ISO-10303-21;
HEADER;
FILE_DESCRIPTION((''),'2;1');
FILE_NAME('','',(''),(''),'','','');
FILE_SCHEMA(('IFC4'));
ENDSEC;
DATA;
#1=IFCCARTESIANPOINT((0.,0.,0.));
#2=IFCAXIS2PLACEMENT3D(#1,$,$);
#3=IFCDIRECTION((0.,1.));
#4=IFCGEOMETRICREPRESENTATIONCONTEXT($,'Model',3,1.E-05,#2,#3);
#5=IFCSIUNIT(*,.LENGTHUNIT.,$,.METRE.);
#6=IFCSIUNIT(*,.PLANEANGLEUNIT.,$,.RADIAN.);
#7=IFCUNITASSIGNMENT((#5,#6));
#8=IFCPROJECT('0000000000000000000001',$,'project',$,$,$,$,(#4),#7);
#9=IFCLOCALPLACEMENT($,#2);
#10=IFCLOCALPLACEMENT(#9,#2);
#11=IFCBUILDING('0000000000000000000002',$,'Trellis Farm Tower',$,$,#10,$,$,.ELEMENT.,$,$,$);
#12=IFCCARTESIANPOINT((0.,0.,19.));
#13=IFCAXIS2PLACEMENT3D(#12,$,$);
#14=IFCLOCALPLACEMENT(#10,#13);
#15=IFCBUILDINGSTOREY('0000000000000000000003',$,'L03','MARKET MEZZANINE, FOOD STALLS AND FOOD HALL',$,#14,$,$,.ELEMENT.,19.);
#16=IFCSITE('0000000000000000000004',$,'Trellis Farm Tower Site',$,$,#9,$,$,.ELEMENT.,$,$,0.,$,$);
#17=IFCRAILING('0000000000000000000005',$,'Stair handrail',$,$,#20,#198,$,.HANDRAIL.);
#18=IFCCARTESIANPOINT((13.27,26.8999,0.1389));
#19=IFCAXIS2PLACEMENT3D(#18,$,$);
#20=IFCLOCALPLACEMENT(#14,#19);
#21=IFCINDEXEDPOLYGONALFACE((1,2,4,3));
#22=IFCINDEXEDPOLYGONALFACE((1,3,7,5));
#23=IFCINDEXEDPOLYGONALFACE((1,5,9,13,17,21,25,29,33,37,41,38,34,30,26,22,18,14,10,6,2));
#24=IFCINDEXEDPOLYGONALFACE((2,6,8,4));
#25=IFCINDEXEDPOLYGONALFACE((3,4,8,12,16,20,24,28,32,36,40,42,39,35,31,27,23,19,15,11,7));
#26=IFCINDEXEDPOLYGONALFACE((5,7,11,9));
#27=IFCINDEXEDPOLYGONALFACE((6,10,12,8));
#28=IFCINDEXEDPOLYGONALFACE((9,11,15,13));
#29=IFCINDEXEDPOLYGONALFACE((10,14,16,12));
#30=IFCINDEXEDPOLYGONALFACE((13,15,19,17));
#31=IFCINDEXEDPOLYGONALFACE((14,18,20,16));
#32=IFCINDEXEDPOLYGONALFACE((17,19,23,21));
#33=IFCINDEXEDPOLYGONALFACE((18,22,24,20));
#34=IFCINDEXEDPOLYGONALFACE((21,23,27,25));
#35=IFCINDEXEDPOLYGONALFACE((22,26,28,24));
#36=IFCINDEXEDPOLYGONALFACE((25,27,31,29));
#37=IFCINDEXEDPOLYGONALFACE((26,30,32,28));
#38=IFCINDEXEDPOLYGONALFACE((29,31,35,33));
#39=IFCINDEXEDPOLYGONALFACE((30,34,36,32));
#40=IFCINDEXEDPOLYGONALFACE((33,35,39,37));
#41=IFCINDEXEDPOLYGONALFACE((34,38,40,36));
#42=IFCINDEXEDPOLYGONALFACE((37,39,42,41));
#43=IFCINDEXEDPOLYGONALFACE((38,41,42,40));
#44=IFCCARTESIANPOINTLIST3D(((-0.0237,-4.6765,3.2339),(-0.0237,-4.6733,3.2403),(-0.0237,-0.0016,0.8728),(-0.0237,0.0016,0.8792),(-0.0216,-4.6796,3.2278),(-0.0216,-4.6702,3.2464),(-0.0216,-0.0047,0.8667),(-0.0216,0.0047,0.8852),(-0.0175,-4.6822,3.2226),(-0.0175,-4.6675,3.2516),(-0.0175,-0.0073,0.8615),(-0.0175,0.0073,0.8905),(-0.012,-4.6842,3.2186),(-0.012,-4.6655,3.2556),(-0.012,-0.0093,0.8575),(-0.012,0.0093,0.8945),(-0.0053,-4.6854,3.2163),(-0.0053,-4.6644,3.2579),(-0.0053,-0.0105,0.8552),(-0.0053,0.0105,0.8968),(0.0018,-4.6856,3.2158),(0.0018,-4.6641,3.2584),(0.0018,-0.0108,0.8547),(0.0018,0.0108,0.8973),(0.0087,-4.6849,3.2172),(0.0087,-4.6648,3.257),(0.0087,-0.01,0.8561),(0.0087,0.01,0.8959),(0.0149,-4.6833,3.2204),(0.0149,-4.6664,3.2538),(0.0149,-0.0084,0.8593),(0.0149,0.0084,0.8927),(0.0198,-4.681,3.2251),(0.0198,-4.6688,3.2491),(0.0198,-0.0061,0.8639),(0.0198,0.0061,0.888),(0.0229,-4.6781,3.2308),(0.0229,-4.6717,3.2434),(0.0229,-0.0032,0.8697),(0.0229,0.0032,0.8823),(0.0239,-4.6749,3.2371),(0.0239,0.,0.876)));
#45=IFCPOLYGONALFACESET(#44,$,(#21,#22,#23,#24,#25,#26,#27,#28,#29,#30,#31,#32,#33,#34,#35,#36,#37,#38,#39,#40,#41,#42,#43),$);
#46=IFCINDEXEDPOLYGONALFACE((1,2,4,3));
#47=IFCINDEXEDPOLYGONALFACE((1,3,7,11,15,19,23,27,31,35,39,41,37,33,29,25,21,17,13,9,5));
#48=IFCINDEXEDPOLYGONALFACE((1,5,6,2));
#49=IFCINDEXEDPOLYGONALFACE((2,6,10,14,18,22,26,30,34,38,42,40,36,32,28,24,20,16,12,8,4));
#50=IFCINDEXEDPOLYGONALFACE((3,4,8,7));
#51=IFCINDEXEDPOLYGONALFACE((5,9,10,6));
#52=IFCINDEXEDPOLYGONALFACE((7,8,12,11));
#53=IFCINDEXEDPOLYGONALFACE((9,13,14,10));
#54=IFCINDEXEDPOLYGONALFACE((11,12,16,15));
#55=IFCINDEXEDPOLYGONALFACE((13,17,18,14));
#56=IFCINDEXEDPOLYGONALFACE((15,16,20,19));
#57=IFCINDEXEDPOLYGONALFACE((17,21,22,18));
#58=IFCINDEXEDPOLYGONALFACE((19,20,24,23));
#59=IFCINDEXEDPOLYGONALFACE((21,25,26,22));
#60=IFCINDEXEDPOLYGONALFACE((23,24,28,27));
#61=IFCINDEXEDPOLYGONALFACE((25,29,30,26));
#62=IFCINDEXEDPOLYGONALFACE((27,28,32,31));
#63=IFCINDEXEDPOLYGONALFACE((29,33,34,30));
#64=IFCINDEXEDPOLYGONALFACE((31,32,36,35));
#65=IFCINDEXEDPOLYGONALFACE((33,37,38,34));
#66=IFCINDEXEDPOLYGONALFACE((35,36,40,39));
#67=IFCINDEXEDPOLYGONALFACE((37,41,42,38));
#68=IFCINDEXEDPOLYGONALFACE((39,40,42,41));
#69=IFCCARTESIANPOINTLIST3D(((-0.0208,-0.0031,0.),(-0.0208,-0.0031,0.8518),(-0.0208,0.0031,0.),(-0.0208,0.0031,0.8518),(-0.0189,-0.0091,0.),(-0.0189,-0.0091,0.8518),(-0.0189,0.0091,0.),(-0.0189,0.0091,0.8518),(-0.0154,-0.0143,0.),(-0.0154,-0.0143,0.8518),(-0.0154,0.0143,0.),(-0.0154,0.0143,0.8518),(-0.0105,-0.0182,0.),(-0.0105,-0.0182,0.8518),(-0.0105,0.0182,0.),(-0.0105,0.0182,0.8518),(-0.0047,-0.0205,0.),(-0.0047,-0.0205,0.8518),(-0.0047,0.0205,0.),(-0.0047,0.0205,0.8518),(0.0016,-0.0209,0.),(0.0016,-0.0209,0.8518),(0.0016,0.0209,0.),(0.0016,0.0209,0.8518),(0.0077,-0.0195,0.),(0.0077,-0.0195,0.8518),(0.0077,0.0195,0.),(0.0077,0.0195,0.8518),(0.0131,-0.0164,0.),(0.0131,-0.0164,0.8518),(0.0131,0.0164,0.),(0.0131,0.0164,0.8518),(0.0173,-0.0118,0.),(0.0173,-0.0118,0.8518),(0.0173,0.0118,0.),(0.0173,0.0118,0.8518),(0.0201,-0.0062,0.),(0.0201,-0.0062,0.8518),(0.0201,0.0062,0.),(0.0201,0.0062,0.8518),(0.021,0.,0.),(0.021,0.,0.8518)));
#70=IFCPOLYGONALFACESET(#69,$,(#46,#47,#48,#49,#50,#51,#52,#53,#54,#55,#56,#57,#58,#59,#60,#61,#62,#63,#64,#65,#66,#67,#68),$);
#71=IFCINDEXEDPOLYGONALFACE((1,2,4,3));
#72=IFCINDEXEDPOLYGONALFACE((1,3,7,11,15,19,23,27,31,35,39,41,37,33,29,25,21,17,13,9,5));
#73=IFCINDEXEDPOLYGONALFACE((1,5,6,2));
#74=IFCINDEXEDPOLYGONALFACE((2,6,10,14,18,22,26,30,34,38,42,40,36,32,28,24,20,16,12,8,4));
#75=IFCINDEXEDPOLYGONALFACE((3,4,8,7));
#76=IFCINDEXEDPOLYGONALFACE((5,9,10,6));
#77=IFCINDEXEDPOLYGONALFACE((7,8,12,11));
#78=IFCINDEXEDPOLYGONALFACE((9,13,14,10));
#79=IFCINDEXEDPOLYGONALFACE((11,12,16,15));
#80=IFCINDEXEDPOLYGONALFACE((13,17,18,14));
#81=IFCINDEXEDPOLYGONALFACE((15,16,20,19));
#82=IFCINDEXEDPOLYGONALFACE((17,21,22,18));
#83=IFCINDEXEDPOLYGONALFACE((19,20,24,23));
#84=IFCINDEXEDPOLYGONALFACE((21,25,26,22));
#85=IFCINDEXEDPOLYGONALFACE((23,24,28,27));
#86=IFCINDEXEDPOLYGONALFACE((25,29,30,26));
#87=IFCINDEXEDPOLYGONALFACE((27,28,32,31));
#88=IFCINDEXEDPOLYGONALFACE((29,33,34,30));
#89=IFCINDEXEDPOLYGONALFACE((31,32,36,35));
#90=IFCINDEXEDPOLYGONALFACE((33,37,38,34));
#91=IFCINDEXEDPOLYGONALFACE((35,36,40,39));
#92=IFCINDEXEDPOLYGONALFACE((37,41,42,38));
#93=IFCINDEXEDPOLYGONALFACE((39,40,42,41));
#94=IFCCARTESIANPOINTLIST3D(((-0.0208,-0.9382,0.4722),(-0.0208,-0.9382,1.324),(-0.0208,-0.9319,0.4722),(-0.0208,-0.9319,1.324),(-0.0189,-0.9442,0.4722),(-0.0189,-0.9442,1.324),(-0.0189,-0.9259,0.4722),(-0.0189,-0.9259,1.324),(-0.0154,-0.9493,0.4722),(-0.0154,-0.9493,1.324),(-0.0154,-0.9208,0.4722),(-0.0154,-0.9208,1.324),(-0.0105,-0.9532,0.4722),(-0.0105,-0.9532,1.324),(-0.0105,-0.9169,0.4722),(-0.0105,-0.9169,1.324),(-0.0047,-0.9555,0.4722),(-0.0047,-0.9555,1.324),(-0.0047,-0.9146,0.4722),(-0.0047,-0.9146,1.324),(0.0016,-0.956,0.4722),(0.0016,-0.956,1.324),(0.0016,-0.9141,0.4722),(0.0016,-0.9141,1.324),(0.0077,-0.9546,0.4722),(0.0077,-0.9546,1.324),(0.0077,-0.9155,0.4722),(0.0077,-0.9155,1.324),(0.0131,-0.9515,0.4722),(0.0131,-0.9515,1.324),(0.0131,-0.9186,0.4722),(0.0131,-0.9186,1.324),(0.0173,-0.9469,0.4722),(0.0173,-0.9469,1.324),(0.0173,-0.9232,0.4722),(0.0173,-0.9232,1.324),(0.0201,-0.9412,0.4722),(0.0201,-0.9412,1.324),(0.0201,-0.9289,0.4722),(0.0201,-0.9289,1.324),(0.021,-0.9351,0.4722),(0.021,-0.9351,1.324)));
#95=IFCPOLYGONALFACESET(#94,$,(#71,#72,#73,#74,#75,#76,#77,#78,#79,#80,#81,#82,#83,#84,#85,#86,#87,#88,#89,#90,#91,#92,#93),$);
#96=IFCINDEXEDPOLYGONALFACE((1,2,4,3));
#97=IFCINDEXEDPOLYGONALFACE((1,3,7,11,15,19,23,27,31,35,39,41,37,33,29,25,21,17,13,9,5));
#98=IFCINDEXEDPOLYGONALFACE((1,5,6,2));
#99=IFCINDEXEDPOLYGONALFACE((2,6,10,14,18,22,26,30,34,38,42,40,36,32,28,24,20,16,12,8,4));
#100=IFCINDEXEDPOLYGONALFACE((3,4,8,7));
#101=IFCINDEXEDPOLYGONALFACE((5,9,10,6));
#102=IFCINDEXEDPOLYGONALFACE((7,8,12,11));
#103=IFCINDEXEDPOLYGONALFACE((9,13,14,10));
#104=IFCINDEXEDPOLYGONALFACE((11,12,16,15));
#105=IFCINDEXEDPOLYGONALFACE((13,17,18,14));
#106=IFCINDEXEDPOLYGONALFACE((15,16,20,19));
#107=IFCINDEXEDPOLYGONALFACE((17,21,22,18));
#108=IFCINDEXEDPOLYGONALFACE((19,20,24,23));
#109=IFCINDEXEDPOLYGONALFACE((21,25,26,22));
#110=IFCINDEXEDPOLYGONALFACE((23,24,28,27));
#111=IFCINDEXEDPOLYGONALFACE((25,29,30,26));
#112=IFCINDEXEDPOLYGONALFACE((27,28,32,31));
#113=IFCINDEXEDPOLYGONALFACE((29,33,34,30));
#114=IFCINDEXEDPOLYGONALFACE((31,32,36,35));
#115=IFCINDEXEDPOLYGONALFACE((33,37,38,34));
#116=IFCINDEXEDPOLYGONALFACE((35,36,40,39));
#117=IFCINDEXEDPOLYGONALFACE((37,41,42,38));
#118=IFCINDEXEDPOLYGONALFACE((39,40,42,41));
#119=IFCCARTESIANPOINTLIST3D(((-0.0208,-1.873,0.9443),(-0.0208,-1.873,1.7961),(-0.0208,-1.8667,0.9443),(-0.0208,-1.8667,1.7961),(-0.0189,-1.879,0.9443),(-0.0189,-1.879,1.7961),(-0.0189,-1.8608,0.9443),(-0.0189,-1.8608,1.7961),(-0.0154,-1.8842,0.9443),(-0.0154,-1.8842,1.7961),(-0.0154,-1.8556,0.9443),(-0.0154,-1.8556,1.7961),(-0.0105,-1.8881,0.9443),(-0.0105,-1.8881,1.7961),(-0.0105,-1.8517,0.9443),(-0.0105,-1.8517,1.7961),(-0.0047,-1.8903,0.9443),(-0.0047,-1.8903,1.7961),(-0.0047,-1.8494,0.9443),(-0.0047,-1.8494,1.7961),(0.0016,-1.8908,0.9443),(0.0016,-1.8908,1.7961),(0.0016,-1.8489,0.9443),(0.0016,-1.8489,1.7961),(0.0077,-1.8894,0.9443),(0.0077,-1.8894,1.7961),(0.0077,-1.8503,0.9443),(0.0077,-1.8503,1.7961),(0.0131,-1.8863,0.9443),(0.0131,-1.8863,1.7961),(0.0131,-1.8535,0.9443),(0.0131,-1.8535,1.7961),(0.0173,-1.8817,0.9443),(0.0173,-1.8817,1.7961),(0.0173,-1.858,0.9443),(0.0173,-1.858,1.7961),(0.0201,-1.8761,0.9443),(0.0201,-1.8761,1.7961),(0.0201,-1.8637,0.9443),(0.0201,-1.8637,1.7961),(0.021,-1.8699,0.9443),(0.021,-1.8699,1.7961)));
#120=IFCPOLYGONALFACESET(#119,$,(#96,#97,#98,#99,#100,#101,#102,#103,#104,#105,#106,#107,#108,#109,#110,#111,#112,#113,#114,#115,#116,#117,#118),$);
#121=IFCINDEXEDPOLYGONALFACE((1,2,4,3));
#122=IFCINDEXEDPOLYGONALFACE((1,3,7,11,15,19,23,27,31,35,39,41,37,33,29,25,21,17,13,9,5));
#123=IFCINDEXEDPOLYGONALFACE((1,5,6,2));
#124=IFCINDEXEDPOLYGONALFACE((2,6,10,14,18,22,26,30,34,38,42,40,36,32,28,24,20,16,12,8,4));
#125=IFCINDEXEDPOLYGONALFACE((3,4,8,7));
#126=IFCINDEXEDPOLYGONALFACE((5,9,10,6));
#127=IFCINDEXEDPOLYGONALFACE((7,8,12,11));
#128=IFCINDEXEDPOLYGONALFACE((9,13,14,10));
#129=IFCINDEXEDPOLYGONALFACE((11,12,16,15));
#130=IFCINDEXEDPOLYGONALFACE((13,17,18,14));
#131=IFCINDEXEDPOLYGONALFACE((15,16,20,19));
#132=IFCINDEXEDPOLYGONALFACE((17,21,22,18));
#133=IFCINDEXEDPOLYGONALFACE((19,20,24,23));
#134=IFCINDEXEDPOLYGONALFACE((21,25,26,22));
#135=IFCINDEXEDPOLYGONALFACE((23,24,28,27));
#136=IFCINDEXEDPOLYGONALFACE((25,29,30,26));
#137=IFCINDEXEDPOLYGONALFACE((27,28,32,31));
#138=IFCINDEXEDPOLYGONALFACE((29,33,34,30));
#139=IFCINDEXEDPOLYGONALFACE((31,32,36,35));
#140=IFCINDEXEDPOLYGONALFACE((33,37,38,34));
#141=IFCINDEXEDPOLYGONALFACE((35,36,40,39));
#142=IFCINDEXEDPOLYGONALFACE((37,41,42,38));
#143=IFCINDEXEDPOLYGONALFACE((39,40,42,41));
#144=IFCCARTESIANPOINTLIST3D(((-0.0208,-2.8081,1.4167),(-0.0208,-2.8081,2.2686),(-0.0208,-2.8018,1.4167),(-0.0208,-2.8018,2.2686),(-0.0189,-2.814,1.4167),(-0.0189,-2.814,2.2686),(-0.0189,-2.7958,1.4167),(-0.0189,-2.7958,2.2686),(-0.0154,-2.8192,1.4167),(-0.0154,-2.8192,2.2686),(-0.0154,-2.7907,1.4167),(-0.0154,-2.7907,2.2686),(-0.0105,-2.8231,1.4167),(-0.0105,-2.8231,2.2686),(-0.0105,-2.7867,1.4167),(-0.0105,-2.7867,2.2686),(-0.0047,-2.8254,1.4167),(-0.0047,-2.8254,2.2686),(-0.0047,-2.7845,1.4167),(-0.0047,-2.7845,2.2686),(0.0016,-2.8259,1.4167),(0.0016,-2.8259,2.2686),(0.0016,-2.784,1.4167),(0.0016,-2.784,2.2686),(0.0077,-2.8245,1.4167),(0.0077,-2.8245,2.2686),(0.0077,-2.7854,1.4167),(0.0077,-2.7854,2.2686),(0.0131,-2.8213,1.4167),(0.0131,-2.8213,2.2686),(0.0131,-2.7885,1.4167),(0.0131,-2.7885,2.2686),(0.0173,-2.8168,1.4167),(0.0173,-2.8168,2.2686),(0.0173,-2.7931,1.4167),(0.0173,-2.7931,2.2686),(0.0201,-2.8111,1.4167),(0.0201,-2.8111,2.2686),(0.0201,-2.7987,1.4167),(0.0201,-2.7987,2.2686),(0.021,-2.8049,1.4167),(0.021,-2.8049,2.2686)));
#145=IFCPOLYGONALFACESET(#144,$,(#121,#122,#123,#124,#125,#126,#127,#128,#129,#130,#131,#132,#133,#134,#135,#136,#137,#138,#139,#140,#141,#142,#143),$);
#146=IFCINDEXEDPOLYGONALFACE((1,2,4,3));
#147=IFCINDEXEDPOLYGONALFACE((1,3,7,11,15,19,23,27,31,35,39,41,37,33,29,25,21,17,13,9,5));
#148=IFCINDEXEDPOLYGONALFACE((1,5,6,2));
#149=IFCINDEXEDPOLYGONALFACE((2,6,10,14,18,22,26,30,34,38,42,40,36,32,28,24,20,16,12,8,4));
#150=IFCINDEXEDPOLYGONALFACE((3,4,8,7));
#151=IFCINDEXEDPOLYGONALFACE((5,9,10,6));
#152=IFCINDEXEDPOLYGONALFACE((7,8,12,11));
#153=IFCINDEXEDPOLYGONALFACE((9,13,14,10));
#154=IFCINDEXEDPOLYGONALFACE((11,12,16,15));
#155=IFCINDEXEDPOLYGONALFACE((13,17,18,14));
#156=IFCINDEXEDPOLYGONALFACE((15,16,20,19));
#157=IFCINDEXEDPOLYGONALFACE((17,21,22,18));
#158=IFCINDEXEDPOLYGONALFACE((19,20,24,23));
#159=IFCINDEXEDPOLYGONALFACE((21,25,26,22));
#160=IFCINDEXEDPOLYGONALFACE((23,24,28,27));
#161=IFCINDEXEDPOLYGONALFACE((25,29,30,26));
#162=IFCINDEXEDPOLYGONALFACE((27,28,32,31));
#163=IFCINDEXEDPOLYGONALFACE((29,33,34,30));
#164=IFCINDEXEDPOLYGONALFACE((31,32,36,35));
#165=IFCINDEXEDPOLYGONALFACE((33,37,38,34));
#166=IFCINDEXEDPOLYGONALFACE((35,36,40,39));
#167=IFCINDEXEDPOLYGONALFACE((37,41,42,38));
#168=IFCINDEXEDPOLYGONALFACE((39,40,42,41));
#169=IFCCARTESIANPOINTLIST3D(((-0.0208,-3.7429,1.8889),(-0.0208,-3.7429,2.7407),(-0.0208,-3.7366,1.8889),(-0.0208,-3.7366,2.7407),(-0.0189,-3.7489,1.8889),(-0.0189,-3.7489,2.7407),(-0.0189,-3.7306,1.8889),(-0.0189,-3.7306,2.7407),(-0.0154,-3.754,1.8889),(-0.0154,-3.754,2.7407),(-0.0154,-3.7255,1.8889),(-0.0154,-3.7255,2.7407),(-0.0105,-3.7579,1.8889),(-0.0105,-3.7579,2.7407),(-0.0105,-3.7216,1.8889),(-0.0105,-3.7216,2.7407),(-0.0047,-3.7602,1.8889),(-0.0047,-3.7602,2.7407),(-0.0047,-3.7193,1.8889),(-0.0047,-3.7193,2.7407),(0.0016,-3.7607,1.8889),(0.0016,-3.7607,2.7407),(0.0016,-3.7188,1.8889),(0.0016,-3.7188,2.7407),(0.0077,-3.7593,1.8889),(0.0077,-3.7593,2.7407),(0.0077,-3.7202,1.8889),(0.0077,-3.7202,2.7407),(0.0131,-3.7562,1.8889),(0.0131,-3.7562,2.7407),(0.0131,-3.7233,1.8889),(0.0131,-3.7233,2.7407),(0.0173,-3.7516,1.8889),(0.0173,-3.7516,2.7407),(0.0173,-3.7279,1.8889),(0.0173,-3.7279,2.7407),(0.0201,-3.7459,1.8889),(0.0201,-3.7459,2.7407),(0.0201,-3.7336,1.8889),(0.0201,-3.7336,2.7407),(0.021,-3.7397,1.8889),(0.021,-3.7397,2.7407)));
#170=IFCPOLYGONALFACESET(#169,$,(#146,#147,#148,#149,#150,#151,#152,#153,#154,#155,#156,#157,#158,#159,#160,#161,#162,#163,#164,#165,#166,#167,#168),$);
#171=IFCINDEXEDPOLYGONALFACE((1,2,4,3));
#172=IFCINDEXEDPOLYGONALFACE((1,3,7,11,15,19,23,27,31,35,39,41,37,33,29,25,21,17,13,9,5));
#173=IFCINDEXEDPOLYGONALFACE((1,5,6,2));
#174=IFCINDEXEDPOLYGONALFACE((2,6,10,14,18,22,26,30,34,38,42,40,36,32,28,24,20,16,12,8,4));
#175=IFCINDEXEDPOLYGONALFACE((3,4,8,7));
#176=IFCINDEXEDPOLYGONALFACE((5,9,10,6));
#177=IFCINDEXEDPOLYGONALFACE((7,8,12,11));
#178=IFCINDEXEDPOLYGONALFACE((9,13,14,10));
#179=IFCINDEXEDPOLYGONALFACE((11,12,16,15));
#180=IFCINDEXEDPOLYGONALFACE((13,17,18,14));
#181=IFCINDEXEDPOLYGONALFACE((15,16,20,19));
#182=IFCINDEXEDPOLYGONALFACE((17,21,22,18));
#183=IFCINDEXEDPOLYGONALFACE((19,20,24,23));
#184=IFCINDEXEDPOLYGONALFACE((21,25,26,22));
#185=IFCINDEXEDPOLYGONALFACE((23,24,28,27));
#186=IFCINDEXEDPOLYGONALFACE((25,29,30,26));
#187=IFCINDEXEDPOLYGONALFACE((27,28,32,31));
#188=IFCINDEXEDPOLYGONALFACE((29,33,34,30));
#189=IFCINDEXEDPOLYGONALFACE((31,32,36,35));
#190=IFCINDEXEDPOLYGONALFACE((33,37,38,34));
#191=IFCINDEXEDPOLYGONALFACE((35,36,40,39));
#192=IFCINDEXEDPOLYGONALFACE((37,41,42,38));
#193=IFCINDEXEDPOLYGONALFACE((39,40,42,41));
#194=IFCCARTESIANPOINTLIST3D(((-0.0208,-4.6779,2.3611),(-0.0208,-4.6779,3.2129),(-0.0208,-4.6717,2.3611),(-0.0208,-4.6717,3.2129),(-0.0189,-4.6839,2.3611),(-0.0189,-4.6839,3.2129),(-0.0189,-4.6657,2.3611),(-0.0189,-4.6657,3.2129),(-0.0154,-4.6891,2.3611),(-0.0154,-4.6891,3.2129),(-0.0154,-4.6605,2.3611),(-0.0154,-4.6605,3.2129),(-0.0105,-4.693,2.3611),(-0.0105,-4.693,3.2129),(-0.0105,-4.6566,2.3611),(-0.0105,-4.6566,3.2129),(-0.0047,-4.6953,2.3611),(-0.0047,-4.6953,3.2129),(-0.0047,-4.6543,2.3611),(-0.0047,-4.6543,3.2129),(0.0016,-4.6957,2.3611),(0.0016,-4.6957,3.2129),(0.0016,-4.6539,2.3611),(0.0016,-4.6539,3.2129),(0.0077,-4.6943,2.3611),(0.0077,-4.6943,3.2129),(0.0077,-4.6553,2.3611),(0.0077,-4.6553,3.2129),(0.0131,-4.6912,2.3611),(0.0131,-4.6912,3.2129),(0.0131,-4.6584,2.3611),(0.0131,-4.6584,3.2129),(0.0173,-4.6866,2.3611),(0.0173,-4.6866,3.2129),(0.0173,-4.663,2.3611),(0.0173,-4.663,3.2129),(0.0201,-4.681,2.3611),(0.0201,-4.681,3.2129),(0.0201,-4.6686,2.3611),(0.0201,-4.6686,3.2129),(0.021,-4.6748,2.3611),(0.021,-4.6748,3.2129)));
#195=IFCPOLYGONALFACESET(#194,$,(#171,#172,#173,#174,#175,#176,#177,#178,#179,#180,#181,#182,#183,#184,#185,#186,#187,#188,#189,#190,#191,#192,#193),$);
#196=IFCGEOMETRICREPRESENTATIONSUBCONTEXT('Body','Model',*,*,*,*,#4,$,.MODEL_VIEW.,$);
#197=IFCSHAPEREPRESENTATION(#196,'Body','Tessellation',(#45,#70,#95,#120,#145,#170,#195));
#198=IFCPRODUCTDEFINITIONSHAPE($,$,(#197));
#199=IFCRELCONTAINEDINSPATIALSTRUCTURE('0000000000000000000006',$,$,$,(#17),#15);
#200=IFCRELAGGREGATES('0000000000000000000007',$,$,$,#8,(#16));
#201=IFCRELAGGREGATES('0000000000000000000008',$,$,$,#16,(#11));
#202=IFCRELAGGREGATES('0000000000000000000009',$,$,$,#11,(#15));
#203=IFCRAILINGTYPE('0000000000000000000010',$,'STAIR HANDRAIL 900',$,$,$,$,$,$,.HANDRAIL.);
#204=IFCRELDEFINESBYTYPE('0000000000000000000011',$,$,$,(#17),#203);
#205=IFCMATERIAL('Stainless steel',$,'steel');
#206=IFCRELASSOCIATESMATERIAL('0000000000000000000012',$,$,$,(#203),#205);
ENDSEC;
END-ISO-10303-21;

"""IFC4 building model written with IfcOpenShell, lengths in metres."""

from ifc_helpers import new_model, si_unit, direction, frame, origin, origin_2d, place, context, subcontext, project, spatial, circle, extrude, source, transform, mapped, material, type_object, element, save


model = new_model("IFC4")

# Units and contexts
model_context = context("Model", 3, precision=1e-05, world=origin(), true_north=direction((0.0, 1.0)))
body_context = subcontext(model_context, "Body", "Model", "MODEL_VIEW")
ifc_project = project(units=[si_unit("LENGTHUNIT", "METRE"), si_unit("PLANEANGLEUNIT", "RADIAN")], contexts=[model_context])

# Site, building, storey
site_placement = place(None, origin())
site = spatial("IfcSite", under=ifc_project, at=site_placement, Name="Trellis Farm Tower Site", CompositionType="ELEMENT", RefElevation=0.0)
building_placement = place(site_placement, origin())
building = spatial("IfcBuilding", under=site, at=building_placement, Name="Trellis Farm Tower", CompositionType="ELEMENT")
storey_placement = place(building_placement, frame((0.0, 0.0, 19.0)))
storey = spatial("IfcBuildingStorey", under=building, at=storey_placement, Name="L03", Description="MARKET MEZZANINE, FOOD STALLS AND FOOD HALL", CompositionType="ELEMENT", Elevation=19.0)

# Railing
ifc_material_1 = material(Name="Stainless steel", Category="steel")
railing_type = type_object("IfcRailingType", Name="STAIR HANDRAIL 900", PredefinedType="HANDRAIL", material=ifc_material_1)
shared_shape_1 = source(origin(), body_context, "Body", "SweptSolid", [
    extrude(circle(Radius=0.0239, at=origin_2d()), frame((0.0, 0.0, 0.876), z_axis=(0.0, -0.892611, 0.450827), x_axis=(1.0, 0.0, 0.0)), (0.0, 0.0, 1.0), 5.2373),
    extrude(circle(Radius=0.021, at=origin_2d()), origin(), (0.0, 0.0, 1.0), 0.8518),
    extrude(circle(Radius=0.021, at=origin_2d()), frame((0.0, -0.9351, 0.4722)), (0.0, 0.0, 1.0), 0.8518),
    extrude(circle(Radius=0.021, at=origin_2d()), frame((0.0, -1.8699, 0.9443)), (0.0, 0.0, 1.0), 0.8518),
    extrude(circle(Radius=0.021, at=origin_2d()), frame((0.0, -2.8049, 1.4167)), (0.0, 0.0, 1.0), 0.8518),
    extrude(circle(Radius=0.021, at=origin_2d()), frame((0.0, -3.7397, 1.8889)), (0.0, 0.0, 1.0), 0.8518),
    extrude(circle(Radius=0.021, at=origin_2d()), frame((0.0, -4.6748, 2.3611)), (0.0, 0.0, 1.0), 0.8518),
])
for number, where, name in (
    (1, (13.27, 26.8999, 0.1389), "Stair handrail"),
):
    element("IfcRailing", number, at=place(storey_placement, frame(where)), inside=storey, type_object=railing_type, Name=name, PredefinedType="HANDRAIL", context=body_context, shape_type="MappedRepresentation", body=[
        mapped(shared_shape_1, transform((0.0, 0.0, 0.0))),
    ])

save(model, "model.ifc")
